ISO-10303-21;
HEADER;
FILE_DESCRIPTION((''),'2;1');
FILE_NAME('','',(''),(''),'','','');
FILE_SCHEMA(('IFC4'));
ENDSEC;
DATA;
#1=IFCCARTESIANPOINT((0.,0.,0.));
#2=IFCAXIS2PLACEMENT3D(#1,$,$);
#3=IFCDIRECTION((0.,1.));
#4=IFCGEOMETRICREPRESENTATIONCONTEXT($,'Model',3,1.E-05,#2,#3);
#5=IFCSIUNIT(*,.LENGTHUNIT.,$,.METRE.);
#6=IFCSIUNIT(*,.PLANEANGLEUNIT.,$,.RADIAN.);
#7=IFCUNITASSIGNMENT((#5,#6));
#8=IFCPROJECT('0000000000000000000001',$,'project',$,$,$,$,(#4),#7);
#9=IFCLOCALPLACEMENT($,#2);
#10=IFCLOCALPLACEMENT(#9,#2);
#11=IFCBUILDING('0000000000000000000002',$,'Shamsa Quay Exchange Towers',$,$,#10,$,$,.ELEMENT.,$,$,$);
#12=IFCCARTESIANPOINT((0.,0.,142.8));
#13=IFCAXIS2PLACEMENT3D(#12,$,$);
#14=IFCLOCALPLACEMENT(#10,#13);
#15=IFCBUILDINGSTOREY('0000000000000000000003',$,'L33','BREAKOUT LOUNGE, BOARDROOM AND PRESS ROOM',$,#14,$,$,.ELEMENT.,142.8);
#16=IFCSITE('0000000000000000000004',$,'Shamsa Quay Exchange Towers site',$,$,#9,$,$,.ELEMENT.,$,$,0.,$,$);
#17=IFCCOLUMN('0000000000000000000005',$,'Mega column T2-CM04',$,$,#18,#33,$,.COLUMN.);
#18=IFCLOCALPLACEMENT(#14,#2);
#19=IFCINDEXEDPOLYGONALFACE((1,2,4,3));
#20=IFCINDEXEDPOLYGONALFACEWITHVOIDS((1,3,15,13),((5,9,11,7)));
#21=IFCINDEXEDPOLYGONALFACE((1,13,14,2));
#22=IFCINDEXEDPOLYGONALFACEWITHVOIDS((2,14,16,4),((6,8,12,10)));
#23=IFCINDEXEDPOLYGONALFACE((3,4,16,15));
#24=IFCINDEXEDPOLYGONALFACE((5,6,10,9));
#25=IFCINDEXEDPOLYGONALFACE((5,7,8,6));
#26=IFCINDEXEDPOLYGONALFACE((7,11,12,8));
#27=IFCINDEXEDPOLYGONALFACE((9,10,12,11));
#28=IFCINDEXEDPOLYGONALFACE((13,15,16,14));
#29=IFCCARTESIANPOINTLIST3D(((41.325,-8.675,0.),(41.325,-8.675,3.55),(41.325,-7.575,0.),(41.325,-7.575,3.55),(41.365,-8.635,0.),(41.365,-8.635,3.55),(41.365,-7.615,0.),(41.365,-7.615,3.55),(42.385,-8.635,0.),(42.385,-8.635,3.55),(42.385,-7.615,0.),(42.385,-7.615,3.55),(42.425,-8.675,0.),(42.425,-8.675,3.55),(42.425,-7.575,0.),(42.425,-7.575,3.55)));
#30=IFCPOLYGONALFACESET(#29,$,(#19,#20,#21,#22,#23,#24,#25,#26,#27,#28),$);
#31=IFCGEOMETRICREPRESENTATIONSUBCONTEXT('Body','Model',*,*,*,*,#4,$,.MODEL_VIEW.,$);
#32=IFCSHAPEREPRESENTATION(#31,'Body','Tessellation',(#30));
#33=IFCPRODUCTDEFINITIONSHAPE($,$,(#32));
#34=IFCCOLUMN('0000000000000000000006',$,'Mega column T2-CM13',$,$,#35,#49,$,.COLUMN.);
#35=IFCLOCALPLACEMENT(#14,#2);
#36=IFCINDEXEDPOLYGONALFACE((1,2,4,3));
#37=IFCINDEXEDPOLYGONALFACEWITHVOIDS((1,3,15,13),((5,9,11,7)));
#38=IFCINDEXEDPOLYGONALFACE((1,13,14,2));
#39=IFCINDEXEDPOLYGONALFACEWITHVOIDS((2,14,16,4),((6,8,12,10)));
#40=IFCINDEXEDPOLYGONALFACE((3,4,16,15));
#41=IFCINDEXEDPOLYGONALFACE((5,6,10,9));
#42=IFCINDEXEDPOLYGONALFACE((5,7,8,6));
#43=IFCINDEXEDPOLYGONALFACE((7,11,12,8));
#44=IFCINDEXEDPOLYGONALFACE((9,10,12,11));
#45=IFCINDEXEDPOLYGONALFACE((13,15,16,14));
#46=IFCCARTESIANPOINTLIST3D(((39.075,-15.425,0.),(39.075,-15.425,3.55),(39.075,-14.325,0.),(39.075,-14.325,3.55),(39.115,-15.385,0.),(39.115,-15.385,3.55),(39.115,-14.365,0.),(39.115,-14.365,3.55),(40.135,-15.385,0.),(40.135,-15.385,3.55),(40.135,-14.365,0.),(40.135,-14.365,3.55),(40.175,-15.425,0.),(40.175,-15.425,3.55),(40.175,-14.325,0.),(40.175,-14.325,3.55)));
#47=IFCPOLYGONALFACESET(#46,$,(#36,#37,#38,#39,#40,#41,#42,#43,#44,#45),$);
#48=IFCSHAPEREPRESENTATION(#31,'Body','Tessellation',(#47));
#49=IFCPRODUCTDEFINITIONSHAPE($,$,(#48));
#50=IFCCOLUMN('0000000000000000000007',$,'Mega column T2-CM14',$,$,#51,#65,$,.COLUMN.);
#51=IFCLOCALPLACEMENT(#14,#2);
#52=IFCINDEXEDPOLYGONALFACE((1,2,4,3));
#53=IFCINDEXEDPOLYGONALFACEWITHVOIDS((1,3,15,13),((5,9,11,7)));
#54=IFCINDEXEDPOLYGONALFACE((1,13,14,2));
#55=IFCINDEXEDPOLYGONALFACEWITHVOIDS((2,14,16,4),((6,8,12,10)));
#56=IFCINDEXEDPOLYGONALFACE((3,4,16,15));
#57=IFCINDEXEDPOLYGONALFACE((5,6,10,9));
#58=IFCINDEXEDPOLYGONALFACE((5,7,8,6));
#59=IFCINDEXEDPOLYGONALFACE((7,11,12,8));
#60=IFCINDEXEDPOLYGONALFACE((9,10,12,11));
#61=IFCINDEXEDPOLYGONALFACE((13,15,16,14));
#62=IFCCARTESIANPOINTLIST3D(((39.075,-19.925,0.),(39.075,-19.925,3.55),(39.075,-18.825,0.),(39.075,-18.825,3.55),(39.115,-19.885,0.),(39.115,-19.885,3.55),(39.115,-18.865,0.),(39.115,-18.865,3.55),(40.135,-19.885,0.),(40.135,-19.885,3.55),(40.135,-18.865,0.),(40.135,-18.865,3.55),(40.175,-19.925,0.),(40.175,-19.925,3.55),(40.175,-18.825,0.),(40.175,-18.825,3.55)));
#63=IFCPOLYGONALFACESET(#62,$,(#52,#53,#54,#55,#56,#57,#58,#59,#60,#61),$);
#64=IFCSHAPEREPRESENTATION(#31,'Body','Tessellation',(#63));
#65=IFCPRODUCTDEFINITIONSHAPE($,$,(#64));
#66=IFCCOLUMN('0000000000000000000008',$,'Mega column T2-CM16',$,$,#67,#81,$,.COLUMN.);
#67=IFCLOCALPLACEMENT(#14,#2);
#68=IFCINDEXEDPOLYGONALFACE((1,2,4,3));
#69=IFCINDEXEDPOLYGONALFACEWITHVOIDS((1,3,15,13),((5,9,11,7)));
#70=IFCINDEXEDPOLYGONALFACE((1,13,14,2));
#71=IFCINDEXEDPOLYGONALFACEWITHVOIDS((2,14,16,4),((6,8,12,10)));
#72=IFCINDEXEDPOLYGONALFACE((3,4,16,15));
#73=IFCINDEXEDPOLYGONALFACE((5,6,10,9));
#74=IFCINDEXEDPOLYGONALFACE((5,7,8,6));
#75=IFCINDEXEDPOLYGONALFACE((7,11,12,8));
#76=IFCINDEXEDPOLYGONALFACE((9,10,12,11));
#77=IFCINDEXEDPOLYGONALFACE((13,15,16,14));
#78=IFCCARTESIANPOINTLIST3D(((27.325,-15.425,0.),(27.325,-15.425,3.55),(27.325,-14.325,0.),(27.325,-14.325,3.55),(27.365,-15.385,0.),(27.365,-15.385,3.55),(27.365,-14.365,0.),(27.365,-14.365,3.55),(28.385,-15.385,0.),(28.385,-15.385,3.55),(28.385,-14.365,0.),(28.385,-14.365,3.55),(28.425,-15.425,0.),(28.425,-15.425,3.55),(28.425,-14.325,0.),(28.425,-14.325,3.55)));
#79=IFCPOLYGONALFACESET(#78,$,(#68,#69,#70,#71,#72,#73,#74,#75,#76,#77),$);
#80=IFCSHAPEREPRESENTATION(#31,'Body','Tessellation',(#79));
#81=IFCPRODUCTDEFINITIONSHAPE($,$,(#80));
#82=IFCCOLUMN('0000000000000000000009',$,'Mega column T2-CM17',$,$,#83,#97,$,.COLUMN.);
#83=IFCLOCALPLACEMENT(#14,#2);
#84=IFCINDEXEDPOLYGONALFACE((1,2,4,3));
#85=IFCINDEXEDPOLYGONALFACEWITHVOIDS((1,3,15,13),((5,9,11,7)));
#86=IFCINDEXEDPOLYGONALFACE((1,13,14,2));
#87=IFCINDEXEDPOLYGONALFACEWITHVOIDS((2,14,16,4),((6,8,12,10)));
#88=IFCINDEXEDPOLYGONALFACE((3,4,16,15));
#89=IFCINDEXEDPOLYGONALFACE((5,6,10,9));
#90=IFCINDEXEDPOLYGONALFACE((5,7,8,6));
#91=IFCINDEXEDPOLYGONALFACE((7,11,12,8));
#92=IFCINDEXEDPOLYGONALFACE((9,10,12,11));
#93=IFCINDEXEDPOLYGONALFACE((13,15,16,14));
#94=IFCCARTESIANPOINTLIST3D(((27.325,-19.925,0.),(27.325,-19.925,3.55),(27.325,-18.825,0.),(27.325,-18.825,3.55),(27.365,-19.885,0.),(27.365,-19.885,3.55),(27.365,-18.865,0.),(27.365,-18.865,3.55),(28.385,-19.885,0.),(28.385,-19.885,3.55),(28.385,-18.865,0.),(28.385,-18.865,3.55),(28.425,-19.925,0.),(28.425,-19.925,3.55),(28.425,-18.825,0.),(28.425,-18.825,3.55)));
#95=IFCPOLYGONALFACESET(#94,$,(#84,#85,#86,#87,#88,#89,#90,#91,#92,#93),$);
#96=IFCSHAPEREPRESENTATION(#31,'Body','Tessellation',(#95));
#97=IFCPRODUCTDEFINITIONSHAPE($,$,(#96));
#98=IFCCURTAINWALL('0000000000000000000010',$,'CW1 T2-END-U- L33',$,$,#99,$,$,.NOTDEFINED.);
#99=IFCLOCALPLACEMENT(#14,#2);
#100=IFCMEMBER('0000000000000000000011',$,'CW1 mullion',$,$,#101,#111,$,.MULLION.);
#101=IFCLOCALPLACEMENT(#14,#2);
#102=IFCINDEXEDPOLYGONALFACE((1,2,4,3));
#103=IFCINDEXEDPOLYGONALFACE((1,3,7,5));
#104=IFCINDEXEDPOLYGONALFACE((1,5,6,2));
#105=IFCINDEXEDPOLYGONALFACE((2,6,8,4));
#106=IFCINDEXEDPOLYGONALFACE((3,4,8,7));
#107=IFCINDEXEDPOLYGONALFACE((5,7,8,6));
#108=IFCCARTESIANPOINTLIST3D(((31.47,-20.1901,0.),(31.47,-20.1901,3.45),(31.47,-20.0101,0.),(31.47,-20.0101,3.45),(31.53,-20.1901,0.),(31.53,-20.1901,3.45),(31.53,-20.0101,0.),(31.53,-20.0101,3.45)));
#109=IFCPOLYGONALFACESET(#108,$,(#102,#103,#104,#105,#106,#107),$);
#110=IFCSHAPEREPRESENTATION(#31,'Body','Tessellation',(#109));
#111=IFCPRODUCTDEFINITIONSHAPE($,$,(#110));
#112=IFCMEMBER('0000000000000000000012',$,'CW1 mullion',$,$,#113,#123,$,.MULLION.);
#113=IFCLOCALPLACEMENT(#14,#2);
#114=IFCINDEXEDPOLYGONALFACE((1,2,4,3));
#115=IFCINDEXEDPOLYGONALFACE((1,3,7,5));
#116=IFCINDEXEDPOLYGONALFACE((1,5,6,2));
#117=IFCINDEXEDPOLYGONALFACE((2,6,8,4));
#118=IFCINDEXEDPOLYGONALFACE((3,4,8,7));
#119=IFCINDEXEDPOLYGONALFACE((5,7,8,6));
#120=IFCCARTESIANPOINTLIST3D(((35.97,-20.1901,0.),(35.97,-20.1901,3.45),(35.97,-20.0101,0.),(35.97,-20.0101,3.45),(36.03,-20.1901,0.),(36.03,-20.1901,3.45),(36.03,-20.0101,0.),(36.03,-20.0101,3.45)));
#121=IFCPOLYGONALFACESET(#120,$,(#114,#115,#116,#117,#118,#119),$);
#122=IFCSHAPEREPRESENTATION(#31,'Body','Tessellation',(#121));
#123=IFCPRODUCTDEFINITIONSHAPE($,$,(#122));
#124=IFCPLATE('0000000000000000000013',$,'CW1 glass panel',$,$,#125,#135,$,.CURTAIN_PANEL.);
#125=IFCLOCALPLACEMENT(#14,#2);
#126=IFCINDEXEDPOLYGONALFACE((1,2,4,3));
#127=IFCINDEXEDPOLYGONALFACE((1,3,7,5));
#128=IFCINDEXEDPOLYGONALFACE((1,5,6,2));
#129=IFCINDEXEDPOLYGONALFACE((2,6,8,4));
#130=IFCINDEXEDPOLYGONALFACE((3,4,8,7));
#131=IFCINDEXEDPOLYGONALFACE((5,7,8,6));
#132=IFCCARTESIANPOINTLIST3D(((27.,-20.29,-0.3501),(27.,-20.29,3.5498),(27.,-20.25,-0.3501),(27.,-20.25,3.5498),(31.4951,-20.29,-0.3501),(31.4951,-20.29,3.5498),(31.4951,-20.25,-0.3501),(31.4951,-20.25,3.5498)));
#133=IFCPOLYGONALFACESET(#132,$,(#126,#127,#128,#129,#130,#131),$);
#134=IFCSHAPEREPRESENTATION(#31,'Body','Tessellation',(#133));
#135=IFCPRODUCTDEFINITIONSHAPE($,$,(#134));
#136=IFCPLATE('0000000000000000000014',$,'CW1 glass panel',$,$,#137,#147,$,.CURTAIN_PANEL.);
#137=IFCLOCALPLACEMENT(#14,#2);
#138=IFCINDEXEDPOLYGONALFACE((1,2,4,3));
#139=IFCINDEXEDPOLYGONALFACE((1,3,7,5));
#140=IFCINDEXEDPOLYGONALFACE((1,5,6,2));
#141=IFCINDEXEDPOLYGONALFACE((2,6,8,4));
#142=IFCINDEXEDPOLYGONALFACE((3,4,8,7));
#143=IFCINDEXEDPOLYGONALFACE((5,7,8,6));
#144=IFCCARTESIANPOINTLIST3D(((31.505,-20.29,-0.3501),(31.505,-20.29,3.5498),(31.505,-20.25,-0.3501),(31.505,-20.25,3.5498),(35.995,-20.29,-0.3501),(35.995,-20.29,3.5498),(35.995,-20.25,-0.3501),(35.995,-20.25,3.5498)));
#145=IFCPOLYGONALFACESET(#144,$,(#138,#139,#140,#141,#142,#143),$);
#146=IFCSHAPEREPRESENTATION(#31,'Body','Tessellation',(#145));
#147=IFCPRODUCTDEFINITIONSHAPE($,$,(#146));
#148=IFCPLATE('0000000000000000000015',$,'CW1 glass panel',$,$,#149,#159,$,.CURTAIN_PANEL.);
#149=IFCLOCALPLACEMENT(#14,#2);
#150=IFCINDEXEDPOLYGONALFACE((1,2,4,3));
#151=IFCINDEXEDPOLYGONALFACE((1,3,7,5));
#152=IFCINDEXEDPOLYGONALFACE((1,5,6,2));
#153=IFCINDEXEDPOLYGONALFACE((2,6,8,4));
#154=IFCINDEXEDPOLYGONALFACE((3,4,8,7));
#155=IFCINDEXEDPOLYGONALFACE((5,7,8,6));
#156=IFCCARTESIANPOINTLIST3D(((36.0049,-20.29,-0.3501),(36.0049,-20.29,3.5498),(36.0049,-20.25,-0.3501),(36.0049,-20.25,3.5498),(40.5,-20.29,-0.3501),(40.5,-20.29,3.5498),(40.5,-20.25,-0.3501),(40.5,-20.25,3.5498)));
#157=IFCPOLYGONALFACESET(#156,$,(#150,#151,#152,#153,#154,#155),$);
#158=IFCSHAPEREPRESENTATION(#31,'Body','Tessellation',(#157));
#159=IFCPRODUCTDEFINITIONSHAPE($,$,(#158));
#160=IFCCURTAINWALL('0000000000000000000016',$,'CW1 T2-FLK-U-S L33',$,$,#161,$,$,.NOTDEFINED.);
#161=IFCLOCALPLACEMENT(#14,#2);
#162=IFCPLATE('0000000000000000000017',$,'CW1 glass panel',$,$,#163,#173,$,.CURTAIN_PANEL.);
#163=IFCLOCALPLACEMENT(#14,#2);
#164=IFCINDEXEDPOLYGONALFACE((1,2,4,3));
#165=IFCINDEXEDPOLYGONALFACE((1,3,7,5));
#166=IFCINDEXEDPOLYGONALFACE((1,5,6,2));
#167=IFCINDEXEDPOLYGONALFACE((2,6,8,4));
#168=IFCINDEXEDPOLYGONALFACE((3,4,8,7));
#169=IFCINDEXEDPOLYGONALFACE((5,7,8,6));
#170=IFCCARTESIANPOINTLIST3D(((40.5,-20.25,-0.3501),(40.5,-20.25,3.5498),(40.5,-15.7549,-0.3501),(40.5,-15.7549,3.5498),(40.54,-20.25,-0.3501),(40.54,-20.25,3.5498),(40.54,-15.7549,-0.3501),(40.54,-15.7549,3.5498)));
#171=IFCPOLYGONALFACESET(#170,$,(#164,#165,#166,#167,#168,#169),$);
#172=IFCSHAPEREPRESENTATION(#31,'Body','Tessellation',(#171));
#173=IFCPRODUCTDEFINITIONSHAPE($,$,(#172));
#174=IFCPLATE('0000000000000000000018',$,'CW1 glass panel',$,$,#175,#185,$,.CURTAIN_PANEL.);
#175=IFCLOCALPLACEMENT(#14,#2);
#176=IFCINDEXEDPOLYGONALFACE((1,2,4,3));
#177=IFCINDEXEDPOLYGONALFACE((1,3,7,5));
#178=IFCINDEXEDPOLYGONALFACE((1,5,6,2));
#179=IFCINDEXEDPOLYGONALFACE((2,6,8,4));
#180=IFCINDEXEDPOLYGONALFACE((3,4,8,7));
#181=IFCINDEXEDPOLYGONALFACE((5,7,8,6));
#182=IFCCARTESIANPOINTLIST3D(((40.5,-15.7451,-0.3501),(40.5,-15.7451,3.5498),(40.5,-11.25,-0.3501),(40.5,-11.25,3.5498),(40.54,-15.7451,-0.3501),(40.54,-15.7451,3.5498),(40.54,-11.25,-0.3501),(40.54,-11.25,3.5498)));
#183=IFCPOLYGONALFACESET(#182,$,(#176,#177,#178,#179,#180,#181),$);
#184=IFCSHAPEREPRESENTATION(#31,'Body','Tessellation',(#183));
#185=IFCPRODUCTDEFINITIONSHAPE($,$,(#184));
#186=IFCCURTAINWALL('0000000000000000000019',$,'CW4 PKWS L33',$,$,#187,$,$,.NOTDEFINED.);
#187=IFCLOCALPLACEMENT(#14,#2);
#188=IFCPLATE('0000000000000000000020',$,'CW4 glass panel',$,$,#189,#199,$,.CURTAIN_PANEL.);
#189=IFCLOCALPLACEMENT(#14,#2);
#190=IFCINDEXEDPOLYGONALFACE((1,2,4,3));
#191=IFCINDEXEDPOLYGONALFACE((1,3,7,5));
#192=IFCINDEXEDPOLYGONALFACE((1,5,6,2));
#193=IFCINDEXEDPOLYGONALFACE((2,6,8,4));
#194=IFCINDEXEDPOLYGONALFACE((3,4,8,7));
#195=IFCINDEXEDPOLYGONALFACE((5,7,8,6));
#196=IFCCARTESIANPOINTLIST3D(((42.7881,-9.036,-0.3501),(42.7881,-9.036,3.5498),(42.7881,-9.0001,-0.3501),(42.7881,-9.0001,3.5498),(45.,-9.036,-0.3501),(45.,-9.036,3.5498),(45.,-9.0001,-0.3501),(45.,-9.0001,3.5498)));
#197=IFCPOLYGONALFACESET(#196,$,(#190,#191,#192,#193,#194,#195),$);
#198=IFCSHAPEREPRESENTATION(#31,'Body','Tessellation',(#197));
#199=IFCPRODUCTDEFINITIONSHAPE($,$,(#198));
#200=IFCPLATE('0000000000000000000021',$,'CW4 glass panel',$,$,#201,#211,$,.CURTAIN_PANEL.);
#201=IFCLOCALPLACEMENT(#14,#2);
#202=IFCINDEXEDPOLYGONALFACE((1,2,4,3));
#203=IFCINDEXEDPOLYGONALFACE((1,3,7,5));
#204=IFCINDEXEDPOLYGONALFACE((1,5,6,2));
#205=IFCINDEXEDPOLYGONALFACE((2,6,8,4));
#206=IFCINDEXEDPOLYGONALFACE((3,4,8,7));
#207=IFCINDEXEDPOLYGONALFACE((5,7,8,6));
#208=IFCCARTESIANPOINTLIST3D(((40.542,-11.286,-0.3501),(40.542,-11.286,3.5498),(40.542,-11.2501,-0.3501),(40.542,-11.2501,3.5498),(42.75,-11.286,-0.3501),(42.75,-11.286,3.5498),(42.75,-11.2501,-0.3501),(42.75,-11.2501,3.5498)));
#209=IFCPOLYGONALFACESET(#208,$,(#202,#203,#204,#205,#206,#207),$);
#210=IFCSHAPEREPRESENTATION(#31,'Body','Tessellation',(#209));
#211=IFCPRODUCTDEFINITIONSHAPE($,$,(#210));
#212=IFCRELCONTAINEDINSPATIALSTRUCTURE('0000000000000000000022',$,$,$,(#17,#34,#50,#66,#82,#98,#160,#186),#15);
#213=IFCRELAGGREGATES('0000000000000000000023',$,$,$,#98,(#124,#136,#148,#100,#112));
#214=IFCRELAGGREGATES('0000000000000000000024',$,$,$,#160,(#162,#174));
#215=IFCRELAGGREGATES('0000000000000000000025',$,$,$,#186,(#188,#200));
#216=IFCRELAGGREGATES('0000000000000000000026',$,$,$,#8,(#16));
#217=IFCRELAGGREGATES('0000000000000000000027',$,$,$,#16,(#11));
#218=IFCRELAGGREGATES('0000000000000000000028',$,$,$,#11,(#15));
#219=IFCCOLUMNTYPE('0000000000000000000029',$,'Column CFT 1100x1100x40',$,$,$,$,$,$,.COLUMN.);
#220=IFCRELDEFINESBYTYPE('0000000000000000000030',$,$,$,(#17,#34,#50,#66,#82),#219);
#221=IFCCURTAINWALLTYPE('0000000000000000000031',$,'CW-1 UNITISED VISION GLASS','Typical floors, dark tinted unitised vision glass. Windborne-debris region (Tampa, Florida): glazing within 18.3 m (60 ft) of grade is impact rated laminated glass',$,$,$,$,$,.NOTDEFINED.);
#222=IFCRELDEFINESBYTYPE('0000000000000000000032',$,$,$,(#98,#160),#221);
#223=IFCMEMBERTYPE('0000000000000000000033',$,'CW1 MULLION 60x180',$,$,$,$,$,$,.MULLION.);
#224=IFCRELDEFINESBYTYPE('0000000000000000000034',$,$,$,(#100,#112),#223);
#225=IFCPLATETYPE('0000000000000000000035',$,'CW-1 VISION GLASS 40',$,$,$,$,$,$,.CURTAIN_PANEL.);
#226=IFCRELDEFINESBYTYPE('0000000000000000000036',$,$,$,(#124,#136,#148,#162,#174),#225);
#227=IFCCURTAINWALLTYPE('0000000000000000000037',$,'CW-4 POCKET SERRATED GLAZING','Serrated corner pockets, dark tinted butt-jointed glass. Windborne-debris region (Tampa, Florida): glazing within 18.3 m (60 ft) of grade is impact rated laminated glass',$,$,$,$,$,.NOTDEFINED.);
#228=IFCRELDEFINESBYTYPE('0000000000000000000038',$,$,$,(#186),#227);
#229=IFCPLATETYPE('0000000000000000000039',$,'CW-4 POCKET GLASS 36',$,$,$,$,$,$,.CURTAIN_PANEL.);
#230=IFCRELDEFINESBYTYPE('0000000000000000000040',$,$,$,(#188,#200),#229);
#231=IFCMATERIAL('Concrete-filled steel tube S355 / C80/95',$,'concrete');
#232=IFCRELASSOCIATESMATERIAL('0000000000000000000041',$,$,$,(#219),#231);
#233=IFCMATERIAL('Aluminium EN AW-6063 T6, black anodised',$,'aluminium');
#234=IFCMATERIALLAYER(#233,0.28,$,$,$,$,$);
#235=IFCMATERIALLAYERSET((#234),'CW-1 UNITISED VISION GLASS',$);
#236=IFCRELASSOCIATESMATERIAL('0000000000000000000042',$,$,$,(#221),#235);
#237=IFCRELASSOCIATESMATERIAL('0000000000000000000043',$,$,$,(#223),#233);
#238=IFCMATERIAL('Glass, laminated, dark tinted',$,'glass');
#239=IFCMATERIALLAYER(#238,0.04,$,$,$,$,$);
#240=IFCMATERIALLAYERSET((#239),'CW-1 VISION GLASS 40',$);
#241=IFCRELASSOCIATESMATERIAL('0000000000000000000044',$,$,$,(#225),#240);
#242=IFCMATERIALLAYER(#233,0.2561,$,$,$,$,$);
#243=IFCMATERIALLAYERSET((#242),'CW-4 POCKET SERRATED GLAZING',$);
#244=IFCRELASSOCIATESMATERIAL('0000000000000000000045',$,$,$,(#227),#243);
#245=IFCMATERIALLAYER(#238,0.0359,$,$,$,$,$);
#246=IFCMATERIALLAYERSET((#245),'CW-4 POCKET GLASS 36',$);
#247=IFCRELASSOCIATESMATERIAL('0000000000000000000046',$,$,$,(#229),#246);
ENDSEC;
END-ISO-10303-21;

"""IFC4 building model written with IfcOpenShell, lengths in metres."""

from ifc_helpers import new_model, si_unit, direction, frame, origin, origin_2d, place, context, subcontext, project, spatial, rectangle, hollow_rectangle, extrude, material, layer, layer_set, material_profile, profile_set, type_object, element, aggregate, save


model = new_model("IFC4")

# Units and contexts
model_context = context("Model", 3, precision=1e-05, world=origin(), true_north=direction((0.0, 1.0)))
body_context = subcontext(model_context, "Body", "Model", "MODEL_VIEW")
ifc_project = project(units=[si_unit("LENGTHUNIT", "METRE"), si_unit("PLANEANGLEUNIT", "RADIAN")], contexts=[model_context])

# Site, building, storey
site_placement = place(None, origin())
site = spatial("IfcSite", under=ifc_project, at=site_placement, Name="Shamsa Quay Exchange Towers site", CompositionType="ELEMENT", RefElevation=0.0)
building_placement = place(site_placement, origin())
building = spatial("IfcBuilding", under=site, at=building_placement, Name="Shamsa Quay Exchange Towers", CompositionType="ELEMENT")
storey_placement = place(building_placement, frame((0.0, 0.0, 142.8)))
storey = spatial("IfcBuildingStorey", under=building, at=storey_placement, Name="L33", Description="BREAKOUT LOUNGE, BOARDROOM AND PRESS ROOM", CompositionType="ELEMENT", Elevation=142.8)

# Columns
ifc_material_1 = material(Name="Concrete-filled steel tube S355 / C80/95", Category="concrete")
ifc_material_profile_1 = material_profile(ifc_material_1, hollow_rectangle(XDim=1.1001, YDim=1.1001, WallThickness=0.04, at=origin_2d()), Name="CFT 1100x1100x40")
ifc_profile_set_1 = profile_set([ifc_material_profile_1], Name="Concrete-filled steel tube S355 / C80/95")
column_type = type_object("IfcColumnType", Name="Column CFT 1100x1100x40", PredefinedType="COLUMN", material=ifc_profile_set_1)
for number, where, name in (
    (1, (41.875, -8.125, 0.0), "Mega column T2-CM04"),
    (2, (39.625, -14.875, 0.0), "Mega column T2-CM13"),
    (3, (39.625, -19.375, 0.0), "Mega column T2-CM14"),
    (4, (27.875, -14.875, 0.0), "Mega column T2-CM16"),
    (5, (27.875, -19.375, 0.0), "Mega column T2-CM17"),
):
    element("IfcColumn", number, at=place(storey_placement, frame(where)), inside=storey, type_object=column_type, Name=name, PredefinedType="COLUMN", context=body_context, shape_type="SweptSolid", body=[
        extrude(hollow_rectangle(XDim=1.1001, YDim=1.1001, WallThickness=0.04, at=origin_2d()), origin(), (0.0, 0.0, 1.0), 3.55),
    ])

# Curtain wall, members, plates
ifc_material_2 = material(Name="Aluminium EN AW-6063 T6, black anodised", Category="aluminium")
ifc_layer_1 = layer(ifc_material_2, 0.28)
ifc_layer_set_1 = layer_set([ifc_layer_1], Name="CW-1 UNITISED VISION GLASS")
curtain_wall_type_1 = type_object("IfcCurtainWallType", Name="CW-1 UNITISED VISION GLASS", Description="Typical floors, dark tinted unitised vision glass. Windborne-debris region (Tampa, Florida): glazing within 18.3 m (60 ft) of grade is impact rated laminated glass", PredefinedType="NOTDEFINED", material=ifc_layer_set_1)
curtain_wall_1_placement = place(storey_placement, origin())
curtain_wall_1 = element("IfcCurtainWall", 6, at=curtain_wall_1_placement, inside=storey, type_object=curtain_wall_type_1, Name="CW1 T2-END-U- L33", PredefinedType="NOTDEFINED")
ifc_material_profile_2 = material_profile(ifc_material_2, rectangle(XDim=0.1799, YDim=0.0601, at=origin_2d()), Name="MU60x180")
ifc_profile_set_2 = profile_set([ifc_material_profile_2], Name="Aluminium EN AW-6063 T6, black anodised")
member_type = type_object("IfcMemberType", Name="CW1 MULLION 60x180", PredefinedType="MULLION", material=ifc_profile_set_2)
member_1_placement = place(storey_placement, frame((31.5, -20.1001, 0.0), z_axis=(0.0, 0.0, 1.0), x_axis=(0.0, 1.0, 0.0)))
member_1 = element("IfcMember", 7, at=member_1_placement, type_object=member_type, Name="CW1 mullion", PredefinedType="MULLION", context=body_context, shape_type="SweptSolid", body=[
    extrude(rectangle(XDim=0.1799, YDim=0.0601, at=origin_2d()), origin(), (0.0, 0.0, 1.0), 3.45),
])
member_2_placement = place(storey_placement, frame((36.0, -20.1001, 0.0), z_axis=(0.0, 0.0, 1.0), x_axis=(0.0, 1.0, 0.0)))
member_2 = element("IfcMember", 8, at=member_2_placement, type_object=member_type, Name="CW1 mullion", PredefinedType="MULLION", context=body_context, shape_type="SweptSolid", body=[
    extrude(rectangle(XDim=0.1799, YDim=0.0601, at=origin_2d()), origin(), (0.0, 0.0, 1.0), 3.45),
])
ifc_material_3 = material(Name="Glass, laminated, dark tinted", Category="glass")
ifc_layer_2 = layer(ifc_material_3, 0.04)
ifc_layer_set_2 = layer_set([ifc_layer_2], Name="CW-1 VISION GLASS 40")
plate_type_1 = type_object("IfcPlateType", Name="CW-1 VISION GLASS 40", PredefinedType="CURTAIN_PANEL", material=ifc_layer_set_2)
plate_1_placement = place(storey_placement, frame((29.2476, -20.27, -0.3501)))
plate_1 = element("IfcPlate", 9, at=plate_1_placement, type_object=plate_type_1, Name="CW1 glass panel", PredefinedType="CURTAIN_PANEL", context=body_context, shape_type="SweptSolid", body=[
    extrude(rectangle(XDim=4.4951, YDim=0.04, at=origin_2d()), origin(), (0.0, 0.0, 1.0), 3.8999),
])
plate_2_placement = place(storey_placement, frame((33.75, -20.27, -0.3501)))
plate_2 = element("IfcPlate", 10, at=plate_2_placement, type_object=plate_type_1, Name="CW1 glass panel", PredefinedType="CURTAIN_PANEL", context=body_context, shape_type="SweptSolid", body=[
    extrude(rectangle(XDim=4.49, YDim=0.04, at=origin_2d()), origin(), (0.0, 0.0, 1.0), 3.8999),
])
plate_3_placement = place(storey_placement, frame((38.2524, -20.27, -0.3501)))
plate_3 = element("IfcPlate", 11, at=plate_3_placement, type_object=plate_type_1, Name="CW1 glass panel", PredefinedType="CURTAIN_PANEL", context=body_context, shape_type="SweptSolid", body=[
    extrude(rectangle(XDim=4.4951, YDim=0.04, at=origin_2d()), origin(), (0.0, 0.0, 1.0), 3.8999),
])
aggregate(curtain_wall_1, [plate_1, plate_2, plate_3, member_1, member_2])

# Curtain walls, plates
curtain_wall_2_placement = place(storey_placement, origin())
curtain_wall_2 = element("IfcCurtainWall", 12, at=curtain_wall_2_placement, inside=storey, type_object=curtain_wall_type_1, Name="CW1 T2-FLK-U-S L33", PredefinedType="NOTDEFINED")
plate_4_placement = place(storey_placement, frame((40.52, -18.0024, -0.3501), z_axis=(0.0, 0.0, 1.0), x_axis=(0.0, 1.0, 0.0)))
plate_4 = element("IfcPlate", 13, at=plate_4_placement, type_object=plate_type_1, Name="CW1 glass panel", PredefinedType="CURTAIN_PANEL", context=body_context, shape_type="SweptSolid", body=[
    extrude(rectangle(XDim=4.4951, YDim=0.04, at=origin_2d()), origin(), (0.0, 0.0, 1.0), 3.8999),
])
plate_5_placement = place(storey_placement, frame((40.52, -13.4976, -0.3501), z_axis=(0.0, 0.0, 1.0), x_axis=(0.0, 1.0, 0.0)))
plate_5 = element("IfcPlate", 14, at=plate_5_placement, type_object=plate_type_1, Name="CW1 glass panel", PredefinedType="CURTAIN_PANEL", context=body_context, shape_type="SweptSolid", body=[
    extrude(rectangle(XDim=4.4951, YDim=0.04, at=origin_2d()), origin(), (0.0, 0.0, 1.0), 3.8999),
])
aggregate(curtain_wall_2, [plate_4, plate_5])
ifc_layer_3 = layer(ifc_material_2, 0.2561)
ifc_layer_set_3 = layer_set([ifc_layer_3], Name="CW-4 POCKET SERRATED GLAZING")
curtain_wall_type_2 = type_object("IfcCurtainWallType", Name="CW-4 POCKET SERRATED GLAZING", Description="Serrated corner pockets, dark tinted butt-jointed glass. Windborne-debris region (Tampa, Florida): glazing within 18.3 m (60 ft) of grade is impact rated laminated glass", PredefinedType="NOTDEFINED", material=ifc_layer_set_3)
curtain_wall_3_placement = place(storey_placement, origin())
curtain_wall_3 = element("IfcCurtainWall", 15, at=curtain_wall_3_placement, inside=storey, type_object=curtain_wall_type_2, Name="CW4 PKWS L33", PredefinedType="NOTDEFINED")
ifc_layer_4 = layer(ifc_material_3, 0.0359)
ifc_layer_set_4 = layer_set([ifc_layer_4], Name="CW-4 POCKET GLASS 36")
plate_type_2 = type_object("IfcPlateType", Name="CW-4 POCKET GLASS 36", PredefinedType="CURTAIN_PANEL", material=ifc_layer_set_4)
plate_6_placement = place(storey_placement, frame((43.894, -9.0181, -0.3501)))
plate_6 = element("IfcPlate", 16, at=plate_6_placement, type_object=plate_type_2, Name="CW4 glass panel", PredefinedType="CURTAIN_PANEL", context=body_context, shape_type="SweptSolid", body=[
    extrude(rectangle(XDim=2.2119, YDim=0.0359, at=origin_2d()), origin(), (0.0, 0.0, 1.0), 3.8999),
])
plate_7_placement = place(storey_placement, frame((41.646, -11.2681, -0.3501)))
plate_7 = element("IfcPlate", 17, at=plate_7_placement, type_object=plate_type_2, Name="CW4 glass panel", PredefinedType="CURTAIN_PANEL", context=body_context, shape_type="SweptSolid", body=[
    extrude(rectangle(XDim=2.208, YDim=0.0359, at=origin_2d()), origin(), (0.0, 0.0, 1.0), 3.8999),
])
aggregate(curtain_wall_3, [plate_6, plate_7])

save(model, "model.ifc")
